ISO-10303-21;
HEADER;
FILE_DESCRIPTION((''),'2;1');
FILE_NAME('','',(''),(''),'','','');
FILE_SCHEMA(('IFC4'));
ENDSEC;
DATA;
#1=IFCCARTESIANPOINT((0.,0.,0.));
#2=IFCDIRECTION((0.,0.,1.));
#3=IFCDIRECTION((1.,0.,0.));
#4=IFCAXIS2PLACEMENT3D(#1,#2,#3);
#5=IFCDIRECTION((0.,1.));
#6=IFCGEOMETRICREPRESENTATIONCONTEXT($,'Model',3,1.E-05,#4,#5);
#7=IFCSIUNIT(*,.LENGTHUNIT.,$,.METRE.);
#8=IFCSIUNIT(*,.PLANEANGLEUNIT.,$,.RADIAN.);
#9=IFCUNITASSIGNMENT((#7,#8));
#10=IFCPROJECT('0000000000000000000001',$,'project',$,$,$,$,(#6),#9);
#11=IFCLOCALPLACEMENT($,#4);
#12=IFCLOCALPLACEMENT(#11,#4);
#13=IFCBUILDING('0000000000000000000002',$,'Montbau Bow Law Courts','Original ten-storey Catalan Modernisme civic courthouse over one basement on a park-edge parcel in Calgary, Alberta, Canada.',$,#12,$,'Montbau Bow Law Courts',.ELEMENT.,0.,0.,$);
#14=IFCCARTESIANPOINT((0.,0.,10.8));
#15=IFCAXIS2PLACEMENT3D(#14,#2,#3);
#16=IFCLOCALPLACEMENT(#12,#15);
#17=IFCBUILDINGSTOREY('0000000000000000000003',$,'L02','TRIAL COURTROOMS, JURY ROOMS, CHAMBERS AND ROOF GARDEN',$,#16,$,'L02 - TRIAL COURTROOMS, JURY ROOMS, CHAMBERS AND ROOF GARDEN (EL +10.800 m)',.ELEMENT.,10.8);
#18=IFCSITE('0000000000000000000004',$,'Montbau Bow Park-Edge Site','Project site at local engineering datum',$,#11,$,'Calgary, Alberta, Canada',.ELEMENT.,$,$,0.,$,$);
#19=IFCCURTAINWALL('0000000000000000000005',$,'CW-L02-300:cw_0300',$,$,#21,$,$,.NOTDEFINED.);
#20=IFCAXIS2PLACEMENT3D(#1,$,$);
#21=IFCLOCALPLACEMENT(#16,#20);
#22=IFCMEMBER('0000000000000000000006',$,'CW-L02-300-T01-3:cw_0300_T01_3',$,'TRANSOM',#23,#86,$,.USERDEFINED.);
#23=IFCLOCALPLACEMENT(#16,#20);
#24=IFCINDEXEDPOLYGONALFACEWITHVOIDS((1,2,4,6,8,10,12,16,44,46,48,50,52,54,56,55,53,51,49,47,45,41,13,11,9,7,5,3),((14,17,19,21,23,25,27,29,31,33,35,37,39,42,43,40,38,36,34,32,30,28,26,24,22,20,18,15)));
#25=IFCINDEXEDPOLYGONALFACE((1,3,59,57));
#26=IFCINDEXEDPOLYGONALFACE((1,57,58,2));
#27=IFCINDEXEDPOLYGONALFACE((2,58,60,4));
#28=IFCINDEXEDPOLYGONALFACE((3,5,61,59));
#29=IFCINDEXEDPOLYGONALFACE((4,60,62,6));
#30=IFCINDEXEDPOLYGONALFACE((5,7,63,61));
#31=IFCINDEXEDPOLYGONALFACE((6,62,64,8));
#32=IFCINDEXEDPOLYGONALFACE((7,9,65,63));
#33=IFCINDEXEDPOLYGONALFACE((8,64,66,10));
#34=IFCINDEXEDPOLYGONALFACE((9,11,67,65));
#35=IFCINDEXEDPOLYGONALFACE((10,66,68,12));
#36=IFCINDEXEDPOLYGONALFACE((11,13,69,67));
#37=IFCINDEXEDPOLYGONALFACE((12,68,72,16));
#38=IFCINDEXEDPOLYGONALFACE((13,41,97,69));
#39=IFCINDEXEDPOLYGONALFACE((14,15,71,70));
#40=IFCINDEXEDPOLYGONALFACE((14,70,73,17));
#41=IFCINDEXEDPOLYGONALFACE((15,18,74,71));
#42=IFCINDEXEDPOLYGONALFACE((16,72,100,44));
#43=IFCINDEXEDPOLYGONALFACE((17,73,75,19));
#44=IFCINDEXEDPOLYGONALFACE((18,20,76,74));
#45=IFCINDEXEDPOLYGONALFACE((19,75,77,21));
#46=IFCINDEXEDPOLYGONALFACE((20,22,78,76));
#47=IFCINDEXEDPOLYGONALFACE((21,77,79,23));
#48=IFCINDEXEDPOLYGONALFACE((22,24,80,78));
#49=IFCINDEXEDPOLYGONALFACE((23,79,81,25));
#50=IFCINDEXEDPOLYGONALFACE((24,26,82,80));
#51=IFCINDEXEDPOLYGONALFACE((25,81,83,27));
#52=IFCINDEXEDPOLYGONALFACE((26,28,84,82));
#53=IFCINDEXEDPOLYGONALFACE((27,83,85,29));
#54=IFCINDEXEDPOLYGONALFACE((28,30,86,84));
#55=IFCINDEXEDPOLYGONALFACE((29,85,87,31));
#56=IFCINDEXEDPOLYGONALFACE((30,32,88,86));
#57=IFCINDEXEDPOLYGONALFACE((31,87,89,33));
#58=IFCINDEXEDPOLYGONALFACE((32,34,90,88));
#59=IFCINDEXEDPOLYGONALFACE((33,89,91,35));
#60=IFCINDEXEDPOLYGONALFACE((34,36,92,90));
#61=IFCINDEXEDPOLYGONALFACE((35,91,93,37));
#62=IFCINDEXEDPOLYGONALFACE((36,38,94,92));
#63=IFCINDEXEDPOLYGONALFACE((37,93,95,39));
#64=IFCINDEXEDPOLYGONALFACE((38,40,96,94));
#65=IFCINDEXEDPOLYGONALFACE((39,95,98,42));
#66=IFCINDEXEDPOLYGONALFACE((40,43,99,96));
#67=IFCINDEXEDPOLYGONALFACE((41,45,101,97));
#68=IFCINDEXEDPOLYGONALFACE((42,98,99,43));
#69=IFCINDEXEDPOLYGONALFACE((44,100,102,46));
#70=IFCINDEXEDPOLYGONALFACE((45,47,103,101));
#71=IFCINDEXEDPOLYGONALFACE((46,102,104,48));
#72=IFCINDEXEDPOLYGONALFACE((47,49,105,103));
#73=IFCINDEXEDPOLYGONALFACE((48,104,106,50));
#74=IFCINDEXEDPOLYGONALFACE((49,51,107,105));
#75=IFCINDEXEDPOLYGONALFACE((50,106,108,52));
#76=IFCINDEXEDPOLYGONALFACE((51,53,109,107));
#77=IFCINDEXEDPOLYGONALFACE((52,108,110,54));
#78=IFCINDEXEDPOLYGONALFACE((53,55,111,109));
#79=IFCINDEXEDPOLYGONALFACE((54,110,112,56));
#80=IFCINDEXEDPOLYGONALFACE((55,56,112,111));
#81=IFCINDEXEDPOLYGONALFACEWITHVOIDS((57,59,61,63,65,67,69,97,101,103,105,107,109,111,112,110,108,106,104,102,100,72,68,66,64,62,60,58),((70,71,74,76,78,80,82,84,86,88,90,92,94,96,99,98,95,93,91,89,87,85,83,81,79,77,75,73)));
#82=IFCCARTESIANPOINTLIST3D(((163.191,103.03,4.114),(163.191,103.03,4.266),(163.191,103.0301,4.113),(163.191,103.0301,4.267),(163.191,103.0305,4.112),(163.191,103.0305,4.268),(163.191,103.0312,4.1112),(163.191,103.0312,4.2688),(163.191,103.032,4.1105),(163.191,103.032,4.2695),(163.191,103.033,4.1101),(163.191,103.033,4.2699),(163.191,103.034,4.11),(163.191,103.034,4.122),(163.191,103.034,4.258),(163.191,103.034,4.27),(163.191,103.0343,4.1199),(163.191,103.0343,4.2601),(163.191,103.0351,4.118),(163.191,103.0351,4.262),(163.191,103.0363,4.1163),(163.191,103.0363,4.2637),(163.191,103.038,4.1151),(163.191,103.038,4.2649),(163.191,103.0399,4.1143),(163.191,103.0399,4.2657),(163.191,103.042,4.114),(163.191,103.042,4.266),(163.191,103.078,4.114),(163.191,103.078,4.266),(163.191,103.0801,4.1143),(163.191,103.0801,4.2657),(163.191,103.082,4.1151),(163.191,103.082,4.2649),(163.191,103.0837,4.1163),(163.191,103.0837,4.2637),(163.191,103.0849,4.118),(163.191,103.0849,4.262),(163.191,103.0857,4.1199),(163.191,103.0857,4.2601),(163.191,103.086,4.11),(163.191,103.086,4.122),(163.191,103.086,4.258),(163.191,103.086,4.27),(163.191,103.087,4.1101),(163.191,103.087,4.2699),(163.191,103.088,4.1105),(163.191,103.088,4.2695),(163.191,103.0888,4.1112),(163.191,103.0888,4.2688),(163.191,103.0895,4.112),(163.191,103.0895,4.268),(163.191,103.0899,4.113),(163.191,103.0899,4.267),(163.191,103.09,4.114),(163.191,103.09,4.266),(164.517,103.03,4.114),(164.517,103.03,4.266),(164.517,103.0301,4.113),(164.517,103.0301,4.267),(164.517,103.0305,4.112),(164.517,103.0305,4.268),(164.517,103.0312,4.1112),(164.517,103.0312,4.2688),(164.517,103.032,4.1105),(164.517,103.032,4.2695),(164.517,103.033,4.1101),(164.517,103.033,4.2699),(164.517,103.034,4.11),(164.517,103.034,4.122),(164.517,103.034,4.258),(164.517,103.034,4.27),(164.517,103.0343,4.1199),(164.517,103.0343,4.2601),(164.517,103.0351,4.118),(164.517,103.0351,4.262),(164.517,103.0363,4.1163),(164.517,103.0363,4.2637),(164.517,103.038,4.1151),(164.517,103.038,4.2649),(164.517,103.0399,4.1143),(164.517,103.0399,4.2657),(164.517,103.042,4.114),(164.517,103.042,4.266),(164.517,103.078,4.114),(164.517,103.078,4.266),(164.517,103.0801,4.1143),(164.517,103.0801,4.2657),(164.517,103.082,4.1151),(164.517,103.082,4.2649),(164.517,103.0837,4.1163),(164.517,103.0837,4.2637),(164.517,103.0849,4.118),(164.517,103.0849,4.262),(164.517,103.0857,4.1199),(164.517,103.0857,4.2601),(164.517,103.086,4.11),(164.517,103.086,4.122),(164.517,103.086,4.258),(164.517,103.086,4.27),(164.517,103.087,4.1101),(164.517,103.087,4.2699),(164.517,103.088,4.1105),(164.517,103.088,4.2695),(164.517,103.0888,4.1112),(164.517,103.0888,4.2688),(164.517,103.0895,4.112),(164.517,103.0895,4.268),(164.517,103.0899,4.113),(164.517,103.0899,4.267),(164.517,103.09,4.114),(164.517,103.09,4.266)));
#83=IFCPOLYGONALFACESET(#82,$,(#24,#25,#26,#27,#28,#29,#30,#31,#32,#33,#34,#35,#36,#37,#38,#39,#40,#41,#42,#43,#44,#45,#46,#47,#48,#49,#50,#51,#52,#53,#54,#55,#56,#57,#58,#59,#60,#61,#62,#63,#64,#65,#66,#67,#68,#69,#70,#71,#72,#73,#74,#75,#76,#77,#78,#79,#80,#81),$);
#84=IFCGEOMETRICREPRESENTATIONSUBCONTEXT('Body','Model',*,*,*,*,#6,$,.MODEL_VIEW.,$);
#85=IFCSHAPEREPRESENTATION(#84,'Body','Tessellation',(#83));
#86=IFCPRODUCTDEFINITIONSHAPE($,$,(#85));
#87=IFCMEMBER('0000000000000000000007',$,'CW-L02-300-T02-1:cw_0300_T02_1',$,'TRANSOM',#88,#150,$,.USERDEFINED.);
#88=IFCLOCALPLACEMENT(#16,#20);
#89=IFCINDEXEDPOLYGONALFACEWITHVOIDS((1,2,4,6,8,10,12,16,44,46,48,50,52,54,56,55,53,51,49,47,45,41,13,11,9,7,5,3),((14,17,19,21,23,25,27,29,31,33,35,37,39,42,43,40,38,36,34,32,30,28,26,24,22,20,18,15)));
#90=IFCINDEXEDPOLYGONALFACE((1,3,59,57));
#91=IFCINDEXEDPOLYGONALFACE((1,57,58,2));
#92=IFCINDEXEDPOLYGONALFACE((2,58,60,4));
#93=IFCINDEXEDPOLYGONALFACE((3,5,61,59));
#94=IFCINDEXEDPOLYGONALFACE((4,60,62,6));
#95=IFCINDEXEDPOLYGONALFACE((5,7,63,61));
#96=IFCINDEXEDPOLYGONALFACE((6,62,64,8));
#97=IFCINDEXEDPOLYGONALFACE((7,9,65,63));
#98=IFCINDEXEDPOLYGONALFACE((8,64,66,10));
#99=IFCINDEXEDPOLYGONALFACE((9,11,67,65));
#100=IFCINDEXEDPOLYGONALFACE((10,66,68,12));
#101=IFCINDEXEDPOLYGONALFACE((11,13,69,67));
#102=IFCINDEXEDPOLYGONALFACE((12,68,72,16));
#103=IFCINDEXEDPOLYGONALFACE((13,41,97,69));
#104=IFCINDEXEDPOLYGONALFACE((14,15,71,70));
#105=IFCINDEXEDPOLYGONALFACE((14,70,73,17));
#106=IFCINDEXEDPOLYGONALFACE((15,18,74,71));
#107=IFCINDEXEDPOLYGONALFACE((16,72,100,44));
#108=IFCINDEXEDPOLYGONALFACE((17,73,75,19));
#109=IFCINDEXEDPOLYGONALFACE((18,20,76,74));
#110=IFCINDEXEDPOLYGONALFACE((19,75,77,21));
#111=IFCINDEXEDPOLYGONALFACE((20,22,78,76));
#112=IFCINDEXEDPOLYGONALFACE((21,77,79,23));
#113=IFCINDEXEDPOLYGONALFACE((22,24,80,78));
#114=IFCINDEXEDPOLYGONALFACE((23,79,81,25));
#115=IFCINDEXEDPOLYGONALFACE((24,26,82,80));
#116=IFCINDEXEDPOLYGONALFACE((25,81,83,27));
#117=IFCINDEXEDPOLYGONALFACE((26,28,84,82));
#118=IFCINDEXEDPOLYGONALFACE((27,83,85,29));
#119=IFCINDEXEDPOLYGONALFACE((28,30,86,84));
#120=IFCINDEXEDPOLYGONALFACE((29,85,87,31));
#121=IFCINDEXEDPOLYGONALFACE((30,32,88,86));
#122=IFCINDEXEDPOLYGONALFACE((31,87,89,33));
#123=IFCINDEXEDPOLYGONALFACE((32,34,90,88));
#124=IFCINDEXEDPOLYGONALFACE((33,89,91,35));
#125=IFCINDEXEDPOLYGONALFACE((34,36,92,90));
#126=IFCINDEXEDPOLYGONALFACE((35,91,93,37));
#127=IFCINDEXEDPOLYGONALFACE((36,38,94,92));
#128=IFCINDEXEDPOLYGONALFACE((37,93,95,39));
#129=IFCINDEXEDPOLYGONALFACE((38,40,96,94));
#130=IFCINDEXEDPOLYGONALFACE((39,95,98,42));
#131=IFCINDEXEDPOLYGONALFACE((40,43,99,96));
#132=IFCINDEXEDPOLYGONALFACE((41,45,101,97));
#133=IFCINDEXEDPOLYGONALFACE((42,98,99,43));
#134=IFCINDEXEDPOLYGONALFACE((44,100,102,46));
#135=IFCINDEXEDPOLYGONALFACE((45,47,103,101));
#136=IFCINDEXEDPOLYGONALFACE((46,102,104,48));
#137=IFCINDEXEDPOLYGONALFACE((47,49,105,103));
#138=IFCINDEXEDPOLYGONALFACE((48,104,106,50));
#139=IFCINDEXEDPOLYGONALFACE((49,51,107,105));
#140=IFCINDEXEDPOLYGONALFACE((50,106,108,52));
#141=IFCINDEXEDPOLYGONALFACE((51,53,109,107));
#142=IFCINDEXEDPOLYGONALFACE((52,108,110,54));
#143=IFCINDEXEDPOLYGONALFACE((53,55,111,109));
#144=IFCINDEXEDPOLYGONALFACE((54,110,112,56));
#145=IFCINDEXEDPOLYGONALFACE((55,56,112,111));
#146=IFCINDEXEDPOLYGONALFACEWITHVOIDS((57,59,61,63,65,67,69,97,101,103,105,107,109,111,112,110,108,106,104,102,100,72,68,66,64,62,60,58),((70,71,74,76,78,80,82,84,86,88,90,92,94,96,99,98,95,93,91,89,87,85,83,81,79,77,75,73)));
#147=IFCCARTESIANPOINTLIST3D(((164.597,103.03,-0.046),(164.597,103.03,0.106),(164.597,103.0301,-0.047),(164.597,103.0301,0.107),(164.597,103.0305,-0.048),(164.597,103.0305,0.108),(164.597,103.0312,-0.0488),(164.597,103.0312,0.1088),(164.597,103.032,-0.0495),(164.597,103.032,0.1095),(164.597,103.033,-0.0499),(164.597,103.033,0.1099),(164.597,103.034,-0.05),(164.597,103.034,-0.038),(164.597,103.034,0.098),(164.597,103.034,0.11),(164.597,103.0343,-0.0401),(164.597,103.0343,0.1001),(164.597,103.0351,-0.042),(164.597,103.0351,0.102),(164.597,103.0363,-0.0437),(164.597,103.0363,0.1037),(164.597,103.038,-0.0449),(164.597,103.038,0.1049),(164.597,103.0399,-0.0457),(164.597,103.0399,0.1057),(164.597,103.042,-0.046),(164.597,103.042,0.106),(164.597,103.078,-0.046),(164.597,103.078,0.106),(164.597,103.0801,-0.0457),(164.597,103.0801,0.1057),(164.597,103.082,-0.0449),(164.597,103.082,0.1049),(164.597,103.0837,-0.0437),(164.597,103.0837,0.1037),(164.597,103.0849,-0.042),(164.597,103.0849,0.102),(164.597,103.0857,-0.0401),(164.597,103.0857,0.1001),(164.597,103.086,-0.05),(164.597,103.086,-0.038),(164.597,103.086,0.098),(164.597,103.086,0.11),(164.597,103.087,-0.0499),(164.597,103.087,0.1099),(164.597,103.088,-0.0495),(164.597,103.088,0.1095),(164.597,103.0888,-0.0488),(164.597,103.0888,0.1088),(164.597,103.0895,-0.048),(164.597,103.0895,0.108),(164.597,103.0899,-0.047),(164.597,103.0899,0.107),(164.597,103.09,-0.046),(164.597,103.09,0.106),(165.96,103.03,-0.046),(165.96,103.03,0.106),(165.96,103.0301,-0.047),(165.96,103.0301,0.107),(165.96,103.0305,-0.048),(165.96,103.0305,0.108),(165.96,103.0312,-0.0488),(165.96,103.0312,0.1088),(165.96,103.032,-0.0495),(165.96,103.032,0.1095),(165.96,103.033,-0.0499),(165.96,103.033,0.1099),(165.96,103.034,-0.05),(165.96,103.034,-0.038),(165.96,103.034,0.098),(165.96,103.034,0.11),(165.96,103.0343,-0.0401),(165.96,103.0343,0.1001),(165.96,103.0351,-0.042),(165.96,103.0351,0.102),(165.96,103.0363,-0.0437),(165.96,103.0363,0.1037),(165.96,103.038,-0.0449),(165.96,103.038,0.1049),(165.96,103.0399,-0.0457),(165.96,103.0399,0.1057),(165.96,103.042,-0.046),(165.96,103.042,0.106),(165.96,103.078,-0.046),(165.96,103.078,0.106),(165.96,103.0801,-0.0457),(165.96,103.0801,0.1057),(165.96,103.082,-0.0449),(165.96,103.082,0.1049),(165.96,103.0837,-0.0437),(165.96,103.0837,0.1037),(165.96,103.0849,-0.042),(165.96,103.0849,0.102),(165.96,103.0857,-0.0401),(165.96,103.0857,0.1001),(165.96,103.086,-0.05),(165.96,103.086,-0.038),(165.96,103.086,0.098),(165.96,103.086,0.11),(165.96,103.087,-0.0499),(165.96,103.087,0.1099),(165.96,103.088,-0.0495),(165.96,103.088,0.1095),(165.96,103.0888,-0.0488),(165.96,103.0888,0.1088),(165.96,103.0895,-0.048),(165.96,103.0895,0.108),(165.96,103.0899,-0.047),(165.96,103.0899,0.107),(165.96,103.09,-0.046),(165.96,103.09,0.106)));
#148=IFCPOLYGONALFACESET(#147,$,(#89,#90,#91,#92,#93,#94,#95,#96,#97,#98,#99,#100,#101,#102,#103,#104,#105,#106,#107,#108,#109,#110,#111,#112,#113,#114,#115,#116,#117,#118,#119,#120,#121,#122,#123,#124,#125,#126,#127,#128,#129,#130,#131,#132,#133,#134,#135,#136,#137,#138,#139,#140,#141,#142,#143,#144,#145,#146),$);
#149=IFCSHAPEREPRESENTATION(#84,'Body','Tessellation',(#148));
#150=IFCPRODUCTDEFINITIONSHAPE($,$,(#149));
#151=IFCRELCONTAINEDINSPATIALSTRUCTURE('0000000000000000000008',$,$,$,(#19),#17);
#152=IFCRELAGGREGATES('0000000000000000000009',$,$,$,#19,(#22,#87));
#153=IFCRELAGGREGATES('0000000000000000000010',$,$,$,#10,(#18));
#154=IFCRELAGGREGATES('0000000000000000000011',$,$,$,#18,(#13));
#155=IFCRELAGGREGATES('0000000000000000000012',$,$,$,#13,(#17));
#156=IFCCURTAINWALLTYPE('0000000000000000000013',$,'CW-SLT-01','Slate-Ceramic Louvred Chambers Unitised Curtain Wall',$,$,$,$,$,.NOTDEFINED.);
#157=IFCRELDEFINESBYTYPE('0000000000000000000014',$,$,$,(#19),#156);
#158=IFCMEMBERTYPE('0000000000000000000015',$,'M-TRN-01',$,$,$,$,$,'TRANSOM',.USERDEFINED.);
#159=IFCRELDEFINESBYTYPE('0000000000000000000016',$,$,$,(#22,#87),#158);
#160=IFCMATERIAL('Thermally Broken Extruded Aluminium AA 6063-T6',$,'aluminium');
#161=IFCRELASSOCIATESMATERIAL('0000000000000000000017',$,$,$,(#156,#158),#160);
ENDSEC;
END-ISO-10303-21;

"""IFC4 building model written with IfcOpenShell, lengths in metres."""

from ifc_helpers import new_model, si_unit, direction, frame, origin_with_axes, origin_2d_with_axis, place, context, subcontext, project, spatial, hollow_rectangle, extrude, material, material_profile, profile_set, type_object, element, aggregate, save


model = new_model("IFC4")

# Units and contexts
model_context = context("Model", 3, precision=1e-05, world=origin_with_axes(), true_north=direction((0.0, 1.0)))
body_context = subcontext(model_context, "Body", "Model", "MODEL_VIEW")
ifc_project = project(units=[si_unit("LENGTHUNIT", "METRE"), si_unit("PLANEANGLEUNIT", "RADIAN")], contexts=[model_context])

# Site, building, storey
site_placement = place(None, origin_with_axes())
site = spatial("IfcSite", under=ifc_project, at=site_placement, Name="Montbau Bow Park-Edge Site", Description="Project site at local engineering datum", LongName="Calgary, Alberta, Canada", CompositionType="ELEMENT", RefElevation=0.0)
building_placement = place(site_placement, origin_with_axes())
building = spatial("IfcBuilding", under=site, at=building_placement, Name="Montbau Bow Law Courts", Description="Original ten-storey Catalan Modernisme civic courthouse over one basement on a park-edge parcel in Calgary, Alberta, Canada.", LongName="Montbau Bow Law Courts", CompositionType="ELEMENT", ElevationOfRefHeight=0.0, ElevationOfTerrain=0.0)
storey_placement = place(building_placement, frame((0.0, 0.0, 10.8), z_axis=(0.0, 0.0, 1.0), x_axis=(1.0, 0.0, 0.0)))
storey = spatial("IfcBuildingStorey", under=building, at=storey_placement, Name="L02", Description="TRIAL COURTROOMS, JURY ROOMS, CHAMBERS AND ROOF GARDEN", LongName="L02 - TRIAL COURTROOMS, JURY ROOMS, CHAMBERS AND ROOF GARDEN (EL +10.800 m)", CompositionType="ELEMENT", Elevation=10.8)

# Curtain wall, members
ifc_material_1 = material(Name="Thermally Broken Extruded Aluminium AA 6063-T6", Category="aluminium")
curtain_wall_type = type_object("IfcCurtainWallType", Name="CW-SLT-01", Description="Slate-Ceramic Louvred Chambers Unitised Curtain Wall", PredefinedType="NOTDEFINED", material=ifc_material_1)
curtain_wall_placement = place(None, frame((163.115, 103.06, 10.8), z_axis=(0.0, 0.0, 1.0), x_axis=(1.0, 0.0, 0.0)))
curtain_wall = element("IfcCurtainWall", 1, at=curtain_wall_placement, inside=storey, type_object=curtain_wall_type, Name="CW-L02-300:cw_0300", PredefinedType="NOTDEFINED")
ifc_material_profile_1 = material_profile(ifc_material_1, hollow_rectangle(XDim=0.06, YDim=0.16, WallThickness=0.004, InnerFilletRadius=0.008, OuterFilletRadius=0.004, at=origin_2d_with_axis()), Name="CWT-160X60", Category="Main", Priority=0)
ifc_profile_set_1 = profile_set([ifc_material_profile_1], Name="Thermally Broken Extruded Aluminium AA 6063-T6")
member_type_1 = type_object("IfcMemberType", Name="M-TRN-01", ElementType="TRANSOM", PredefinedType="USERDEFINED", material=ifc_profile_set_1)
member_1_placement = place(None, frame((163.191, 103.06, 14.99), z_axis=(1.0, 0.0, 0.0), x_axis=(0.0, 1.0, 0.0)))
member_1 = element("IfcMember", 2, at=member_1_placement, type_object=member_type_1, Name="CW-L02-300-T01-3:cw_0300_T01_3", ObjectType="TRANSOM", PredefinedType="USERDEFINED", context=body_context, shape_type="SweptSolid", body=[
    extrude(hollow_rectangle(XDim=0.06, YDim=0.16, WallThickness=0.004, InnerFilletRadius=0.008, OuterFilletRadius=0.004, at=origin_2d_with_axis()), origin_with_axes(), (0.0, 0.0, 1.0), 1.326),
])
member_2_placement = place(None, frame((164.597, 103.06, 10.83), z_axis=(1.0, 0.0, 0.0), x_axis=(0.0, 1.0, 0.0)))
member_2 = element("IfcMember", 3, at=member_2_placement, type_object=member_type_1, Name="CW-L02-300-T02-1:cw_0300_T02_1", ObjectType="TRANSOM", PredefinedType="USERDEFINED", context=body_context, shape_type="SweptSolid", body=[
    extrude(hollow_rectangle(XDim=0.06, YDim=0.16, WallThickness=0.004, InnerFilletRadius=0.008, OuterFilletRadius=0.004, at=origin_2d_with_axis()), origin_with_axes(), (0.0, 0.0, 1.0), 1.363),
])
aggregate(curtain_wall, [member_1, member_2])

save(model, "model.ifc")
